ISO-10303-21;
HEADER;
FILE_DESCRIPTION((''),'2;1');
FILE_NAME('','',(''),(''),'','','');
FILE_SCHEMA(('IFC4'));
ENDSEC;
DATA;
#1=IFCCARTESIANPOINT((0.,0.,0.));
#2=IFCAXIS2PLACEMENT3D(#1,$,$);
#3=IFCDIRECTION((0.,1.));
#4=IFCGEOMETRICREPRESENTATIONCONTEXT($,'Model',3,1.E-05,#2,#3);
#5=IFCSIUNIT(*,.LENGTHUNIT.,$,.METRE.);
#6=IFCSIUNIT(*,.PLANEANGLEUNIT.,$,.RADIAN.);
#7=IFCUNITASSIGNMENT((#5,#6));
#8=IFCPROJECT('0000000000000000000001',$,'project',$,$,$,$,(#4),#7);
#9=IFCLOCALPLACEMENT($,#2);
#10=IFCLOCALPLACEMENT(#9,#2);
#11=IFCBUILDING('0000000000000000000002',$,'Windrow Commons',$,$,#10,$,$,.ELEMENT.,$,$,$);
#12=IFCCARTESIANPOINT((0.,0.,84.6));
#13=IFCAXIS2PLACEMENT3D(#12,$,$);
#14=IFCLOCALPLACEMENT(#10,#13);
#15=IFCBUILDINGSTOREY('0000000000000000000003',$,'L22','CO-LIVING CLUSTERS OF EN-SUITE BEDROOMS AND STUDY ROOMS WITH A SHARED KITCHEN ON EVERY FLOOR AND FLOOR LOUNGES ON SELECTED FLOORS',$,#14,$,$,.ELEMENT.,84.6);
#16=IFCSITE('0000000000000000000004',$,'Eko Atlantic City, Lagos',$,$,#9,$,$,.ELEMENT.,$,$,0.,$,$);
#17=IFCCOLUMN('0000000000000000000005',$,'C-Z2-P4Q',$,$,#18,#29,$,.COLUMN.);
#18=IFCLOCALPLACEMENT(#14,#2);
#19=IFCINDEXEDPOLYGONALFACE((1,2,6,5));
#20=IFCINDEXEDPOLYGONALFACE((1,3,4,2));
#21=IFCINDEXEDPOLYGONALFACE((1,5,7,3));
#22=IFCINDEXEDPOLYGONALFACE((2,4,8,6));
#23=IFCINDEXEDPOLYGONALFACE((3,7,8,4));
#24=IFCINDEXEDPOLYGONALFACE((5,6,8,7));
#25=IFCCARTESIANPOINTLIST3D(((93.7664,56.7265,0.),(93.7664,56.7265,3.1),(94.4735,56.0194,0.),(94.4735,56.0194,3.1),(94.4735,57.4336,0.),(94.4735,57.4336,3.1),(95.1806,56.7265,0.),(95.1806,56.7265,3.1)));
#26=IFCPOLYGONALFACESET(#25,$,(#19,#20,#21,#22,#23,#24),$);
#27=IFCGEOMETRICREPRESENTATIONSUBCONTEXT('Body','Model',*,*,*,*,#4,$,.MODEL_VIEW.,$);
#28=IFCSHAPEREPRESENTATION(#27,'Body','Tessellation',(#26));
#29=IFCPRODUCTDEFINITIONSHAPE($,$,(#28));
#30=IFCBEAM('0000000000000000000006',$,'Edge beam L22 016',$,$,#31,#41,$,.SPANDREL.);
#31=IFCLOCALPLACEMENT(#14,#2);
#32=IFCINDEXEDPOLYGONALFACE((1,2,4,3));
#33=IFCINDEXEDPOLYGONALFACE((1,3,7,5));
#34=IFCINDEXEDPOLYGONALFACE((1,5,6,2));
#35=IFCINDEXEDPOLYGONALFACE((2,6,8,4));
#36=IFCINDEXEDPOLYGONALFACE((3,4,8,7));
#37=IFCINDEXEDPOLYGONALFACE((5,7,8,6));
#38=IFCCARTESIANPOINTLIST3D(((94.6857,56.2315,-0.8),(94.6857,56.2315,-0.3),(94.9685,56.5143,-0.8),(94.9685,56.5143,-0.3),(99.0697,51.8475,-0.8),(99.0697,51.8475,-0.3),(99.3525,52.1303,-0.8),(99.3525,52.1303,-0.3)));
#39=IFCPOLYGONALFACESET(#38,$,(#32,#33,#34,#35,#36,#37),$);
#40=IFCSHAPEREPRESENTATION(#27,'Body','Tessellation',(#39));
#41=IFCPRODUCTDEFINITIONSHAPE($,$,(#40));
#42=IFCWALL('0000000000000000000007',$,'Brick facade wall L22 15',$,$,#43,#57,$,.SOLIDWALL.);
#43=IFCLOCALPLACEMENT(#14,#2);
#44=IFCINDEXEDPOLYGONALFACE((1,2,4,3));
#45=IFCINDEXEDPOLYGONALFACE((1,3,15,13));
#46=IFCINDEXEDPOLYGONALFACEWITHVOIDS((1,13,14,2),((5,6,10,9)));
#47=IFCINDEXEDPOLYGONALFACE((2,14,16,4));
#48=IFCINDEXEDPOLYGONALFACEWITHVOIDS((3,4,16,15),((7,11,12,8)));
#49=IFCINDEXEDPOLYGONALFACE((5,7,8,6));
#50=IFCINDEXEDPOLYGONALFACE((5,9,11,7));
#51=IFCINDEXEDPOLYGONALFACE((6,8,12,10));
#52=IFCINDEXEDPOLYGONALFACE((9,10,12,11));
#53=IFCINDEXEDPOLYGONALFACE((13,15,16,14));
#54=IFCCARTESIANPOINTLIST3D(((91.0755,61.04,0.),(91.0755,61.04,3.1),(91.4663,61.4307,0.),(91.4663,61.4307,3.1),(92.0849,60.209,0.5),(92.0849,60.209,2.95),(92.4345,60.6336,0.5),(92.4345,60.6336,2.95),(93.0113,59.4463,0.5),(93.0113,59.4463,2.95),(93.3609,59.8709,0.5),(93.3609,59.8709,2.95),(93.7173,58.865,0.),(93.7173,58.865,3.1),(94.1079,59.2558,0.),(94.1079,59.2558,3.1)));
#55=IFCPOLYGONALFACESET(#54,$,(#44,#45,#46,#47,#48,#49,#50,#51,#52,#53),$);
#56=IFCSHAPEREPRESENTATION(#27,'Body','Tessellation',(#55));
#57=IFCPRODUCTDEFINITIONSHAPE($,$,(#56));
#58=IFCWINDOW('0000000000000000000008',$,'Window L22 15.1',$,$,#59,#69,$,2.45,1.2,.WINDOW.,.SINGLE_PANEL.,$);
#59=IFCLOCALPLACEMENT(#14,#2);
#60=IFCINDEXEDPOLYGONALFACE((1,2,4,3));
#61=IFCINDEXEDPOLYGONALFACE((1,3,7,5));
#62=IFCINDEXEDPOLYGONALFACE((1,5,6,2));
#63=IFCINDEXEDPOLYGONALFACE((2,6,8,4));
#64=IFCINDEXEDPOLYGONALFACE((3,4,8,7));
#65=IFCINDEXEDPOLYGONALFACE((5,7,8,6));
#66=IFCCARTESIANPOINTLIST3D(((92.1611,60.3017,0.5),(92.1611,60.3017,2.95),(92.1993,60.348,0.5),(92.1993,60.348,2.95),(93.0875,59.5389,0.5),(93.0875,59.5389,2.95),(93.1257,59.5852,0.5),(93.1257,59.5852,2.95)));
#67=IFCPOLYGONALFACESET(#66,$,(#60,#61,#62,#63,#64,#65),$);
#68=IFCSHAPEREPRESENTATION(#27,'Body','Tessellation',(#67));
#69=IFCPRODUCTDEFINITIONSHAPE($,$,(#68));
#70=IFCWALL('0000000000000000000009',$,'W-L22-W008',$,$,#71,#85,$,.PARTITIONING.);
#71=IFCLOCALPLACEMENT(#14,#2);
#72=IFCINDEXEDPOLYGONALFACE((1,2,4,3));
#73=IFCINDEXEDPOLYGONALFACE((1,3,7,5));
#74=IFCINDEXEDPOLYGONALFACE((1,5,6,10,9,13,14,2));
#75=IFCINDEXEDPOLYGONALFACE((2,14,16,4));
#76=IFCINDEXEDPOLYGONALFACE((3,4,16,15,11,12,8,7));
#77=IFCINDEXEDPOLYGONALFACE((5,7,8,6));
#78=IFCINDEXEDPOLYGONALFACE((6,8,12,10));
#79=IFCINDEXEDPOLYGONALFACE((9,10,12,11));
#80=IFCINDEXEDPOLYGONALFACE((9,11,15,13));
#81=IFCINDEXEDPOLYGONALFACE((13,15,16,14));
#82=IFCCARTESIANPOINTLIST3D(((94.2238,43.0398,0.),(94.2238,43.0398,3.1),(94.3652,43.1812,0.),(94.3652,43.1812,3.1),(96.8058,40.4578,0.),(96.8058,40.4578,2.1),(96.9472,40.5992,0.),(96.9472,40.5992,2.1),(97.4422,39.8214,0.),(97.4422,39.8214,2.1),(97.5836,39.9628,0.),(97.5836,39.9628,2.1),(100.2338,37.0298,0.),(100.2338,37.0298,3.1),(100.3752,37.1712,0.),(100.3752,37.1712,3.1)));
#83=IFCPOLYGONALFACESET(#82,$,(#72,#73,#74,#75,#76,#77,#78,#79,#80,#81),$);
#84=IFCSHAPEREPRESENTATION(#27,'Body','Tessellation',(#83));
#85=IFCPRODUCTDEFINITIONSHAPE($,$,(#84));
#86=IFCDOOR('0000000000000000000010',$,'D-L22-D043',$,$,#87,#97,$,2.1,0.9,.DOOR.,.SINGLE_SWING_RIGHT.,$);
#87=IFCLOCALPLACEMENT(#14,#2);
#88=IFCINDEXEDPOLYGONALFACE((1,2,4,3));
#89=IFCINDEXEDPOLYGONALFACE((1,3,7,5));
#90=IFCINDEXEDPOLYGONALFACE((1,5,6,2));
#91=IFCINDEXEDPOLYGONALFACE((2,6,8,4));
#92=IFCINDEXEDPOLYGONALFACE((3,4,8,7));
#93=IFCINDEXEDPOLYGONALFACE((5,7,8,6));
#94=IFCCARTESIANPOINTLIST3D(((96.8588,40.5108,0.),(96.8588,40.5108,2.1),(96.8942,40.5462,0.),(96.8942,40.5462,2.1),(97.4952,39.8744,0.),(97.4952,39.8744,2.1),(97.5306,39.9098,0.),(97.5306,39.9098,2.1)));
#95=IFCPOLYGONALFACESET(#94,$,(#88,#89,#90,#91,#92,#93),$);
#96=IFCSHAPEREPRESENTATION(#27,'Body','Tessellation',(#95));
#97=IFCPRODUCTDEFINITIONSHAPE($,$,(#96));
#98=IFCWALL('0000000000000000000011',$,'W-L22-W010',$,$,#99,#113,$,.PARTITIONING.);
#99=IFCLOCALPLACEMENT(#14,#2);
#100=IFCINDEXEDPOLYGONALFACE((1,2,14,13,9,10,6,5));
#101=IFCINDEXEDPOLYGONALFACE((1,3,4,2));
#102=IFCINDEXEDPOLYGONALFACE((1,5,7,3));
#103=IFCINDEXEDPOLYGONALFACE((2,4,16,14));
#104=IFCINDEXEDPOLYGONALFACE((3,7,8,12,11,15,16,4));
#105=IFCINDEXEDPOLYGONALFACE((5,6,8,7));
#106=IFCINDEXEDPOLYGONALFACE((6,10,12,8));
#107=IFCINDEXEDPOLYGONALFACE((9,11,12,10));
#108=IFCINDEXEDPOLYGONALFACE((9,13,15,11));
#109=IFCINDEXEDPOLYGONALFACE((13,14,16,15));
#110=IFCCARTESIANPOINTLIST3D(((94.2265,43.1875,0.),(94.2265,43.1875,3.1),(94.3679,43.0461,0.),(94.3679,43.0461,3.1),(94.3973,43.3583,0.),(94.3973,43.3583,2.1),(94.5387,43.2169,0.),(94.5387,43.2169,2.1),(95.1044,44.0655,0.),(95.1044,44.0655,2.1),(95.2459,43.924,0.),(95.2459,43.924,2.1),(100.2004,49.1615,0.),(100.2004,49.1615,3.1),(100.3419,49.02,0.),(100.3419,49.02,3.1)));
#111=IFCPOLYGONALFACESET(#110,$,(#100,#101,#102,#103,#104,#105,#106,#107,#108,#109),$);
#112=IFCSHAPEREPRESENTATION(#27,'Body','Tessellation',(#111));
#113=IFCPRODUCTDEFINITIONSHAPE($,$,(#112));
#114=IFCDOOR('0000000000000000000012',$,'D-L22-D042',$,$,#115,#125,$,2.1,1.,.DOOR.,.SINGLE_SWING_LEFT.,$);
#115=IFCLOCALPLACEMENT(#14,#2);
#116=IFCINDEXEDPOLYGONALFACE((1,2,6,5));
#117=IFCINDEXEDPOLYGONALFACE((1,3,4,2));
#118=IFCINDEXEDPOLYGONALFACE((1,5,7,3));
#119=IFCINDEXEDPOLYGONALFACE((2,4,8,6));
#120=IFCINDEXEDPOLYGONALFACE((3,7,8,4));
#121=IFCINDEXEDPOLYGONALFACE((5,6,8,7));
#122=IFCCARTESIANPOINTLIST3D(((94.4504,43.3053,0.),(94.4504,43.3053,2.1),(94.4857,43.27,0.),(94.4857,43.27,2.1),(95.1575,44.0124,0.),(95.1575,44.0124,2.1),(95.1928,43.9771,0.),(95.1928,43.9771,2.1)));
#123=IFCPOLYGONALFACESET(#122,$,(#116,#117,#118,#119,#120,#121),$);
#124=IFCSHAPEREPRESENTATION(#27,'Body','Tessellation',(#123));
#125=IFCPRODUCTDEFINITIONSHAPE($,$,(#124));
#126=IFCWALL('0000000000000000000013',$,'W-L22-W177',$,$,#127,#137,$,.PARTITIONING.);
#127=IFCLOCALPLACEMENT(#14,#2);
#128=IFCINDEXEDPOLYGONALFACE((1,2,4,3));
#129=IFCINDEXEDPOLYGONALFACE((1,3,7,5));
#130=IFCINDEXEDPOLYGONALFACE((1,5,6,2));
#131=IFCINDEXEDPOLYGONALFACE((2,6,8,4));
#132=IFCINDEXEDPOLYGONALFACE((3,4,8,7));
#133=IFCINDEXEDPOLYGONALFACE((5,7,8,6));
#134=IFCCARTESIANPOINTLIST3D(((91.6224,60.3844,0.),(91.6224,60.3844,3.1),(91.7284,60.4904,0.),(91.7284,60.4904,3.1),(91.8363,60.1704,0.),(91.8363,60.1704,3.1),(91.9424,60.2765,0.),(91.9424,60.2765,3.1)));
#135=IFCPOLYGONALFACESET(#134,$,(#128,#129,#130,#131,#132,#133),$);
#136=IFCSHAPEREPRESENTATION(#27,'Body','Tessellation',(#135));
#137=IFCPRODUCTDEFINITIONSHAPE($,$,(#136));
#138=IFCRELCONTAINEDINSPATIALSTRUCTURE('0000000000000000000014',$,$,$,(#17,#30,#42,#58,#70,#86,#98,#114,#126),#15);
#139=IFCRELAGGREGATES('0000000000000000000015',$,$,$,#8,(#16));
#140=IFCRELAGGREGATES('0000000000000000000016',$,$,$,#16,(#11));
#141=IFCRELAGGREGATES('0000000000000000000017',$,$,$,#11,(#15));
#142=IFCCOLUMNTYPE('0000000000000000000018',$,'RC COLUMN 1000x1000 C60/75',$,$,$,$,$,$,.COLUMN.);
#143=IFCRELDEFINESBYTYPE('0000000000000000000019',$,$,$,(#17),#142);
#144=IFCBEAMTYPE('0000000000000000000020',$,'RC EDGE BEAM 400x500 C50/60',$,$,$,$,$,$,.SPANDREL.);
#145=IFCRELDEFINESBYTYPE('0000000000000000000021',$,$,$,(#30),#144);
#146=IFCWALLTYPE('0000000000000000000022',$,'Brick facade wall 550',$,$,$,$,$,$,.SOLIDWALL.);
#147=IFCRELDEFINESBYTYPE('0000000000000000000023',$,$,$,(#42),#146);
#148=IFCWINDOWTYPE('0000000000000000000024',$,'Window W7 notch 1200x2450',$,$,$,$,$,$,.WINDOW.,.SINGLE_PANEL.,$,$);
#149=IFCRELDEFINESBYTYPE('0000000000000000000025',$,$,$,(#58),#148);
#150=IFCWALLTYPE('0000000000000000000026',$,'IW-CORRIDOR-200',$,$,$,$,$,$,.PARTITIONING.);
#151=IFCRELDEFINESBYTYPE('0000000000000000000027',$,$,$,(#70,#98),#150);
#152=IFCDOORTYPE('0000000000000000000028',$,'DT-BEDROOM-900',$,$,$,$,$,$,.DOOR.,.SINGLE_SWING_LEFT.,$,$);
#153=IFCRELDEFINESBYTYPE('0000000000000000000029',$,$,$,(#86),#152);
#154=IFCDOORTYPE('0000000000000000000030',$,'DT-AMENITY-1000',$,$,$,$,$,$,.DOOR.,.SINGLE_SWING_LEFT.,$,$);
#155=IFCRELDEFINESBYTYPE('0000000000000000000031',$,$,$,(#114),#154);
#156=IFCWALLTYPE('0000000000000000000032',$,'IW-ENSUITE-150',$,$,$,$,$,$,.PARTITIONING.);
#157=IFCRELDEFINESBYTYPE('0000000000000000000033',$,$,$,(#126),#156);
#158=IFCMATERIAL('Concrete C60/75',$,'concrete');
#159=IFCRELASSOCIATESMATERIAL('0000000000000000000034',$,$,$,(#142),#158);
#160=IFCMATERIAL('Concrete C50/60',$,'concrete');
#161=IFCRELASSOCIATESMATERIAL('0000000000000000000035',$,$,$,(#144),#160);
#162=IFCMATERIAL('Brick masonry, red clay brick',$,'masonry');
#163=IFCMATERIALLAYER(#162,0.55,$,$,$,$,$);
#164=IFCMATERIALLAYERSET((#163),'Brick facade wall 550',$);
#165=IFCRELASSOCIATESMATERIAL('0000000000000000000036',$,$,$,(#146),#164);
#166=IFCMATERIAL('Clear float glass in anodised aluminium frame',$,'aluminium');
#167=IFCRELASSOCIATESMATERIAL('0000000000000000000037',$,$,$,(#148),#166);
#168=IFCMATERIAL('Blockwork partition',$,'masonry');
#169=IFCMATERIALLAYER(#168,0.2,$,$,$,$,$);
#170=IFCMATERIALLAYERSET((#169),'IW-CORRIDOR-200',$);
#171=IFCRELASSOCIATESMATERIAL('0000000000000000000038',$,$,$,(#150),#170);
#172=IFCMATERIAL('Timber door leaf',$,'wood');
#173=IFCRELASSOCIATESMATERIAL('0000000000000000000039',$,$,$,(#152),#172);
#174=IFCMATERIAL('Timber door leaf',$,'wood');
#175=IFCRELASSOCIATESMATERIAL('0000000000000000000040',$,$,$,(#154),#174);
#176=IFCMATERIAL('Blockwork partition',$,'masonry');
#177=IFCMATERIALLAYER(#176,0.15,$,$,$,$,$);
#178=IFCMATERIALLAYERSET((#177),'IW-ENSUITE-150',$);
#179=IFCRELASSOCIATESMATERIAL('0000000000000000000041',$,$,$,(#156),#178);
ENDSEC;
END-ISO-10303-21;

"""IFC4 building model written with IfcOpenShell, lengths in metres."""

from ifc_helpers import new_model, si_unit, direction, frame, frame_2d, origin, origin_2d, place, context, subcontext, project, spatial, polyline, rectangle, outline, extrude, material, layer, layer_set, material_profile, profile_set, type_object, element, fill, save


model = new_model("IFC4")

# Units and contexts
model_context = context("Model", 3, precision=1e-05, world=origin(), true_north=direction((0.0, 1.0)))
body_context = subcontext(model_context, "Body", "Model", "MODEL_VIEW")
ifc_project = project(units=[si_unit("LENGTHUNIT", "METRE"), si_unit("PLANEANGLEUNIT", "RADIAN")], contexts=[model_context])

# Site, building, storey
site_placement = place(None, origin())
site = spatial("IfcSite", under=ifc_project, at=site_placement, Name="Eko Atlantic City, Lagos", CompositionType="ELEMENT", RefElevation=0.0)
building_placement = place(site_placement, origin())
building = spatial("IfcBuilding", under=site, at=building_placement, Name="Windrow Commons", CompositionType="ELEMENT")
storey_placement = place(building_placement, frame((0.0, 0.0, 84.6)))
storey = spatial("IfcBuildingStorey", under=building, at=storey_placement, Name="L22", Description="CO-LIVING CLUSTERS OF EN-SUITE BEDROOMS AND STUDY ROOMS WITH A SHARED KITCHEN ON EVERY FLOOR AND FLOOR LOUNGES ON SELECTED FLOORS", CompositionType="ELEMENT", Elevation=84.6)

# Column
ifc_material_1 = material(Name="Concrete C60/75", Category="concrete")
ifc_material_profile_1 = material_profile(ifc_material_1, rectangle(XDim=1.0, YDim=1.0, at=origin_2d()))
ifc_profile_set_1 = profile_set([ifc_material_profile_1], Name="Concrete C60/75")
column_type = type_object("IfcColumnType", Name="RC COLUMN 1000x1000 C60/75", PredefinedType="COLUMN", material=ifc_profile_set_1)
column_placement = place(storey_placement, frame((94.4735, 56.7265, 0.0), z_axis=(0.0, 0.0, 1.0), x_axis=(0.707107, -0.707107, 0.0)))
element("IfcColumn", 1, at=column_placement, inside=storey, type_object=column_type, Name="C-Z2-P4Q", PredefinedType="COLUMN", context=body_context, shape_type="SweptSolid", body=[
    extrude(rectangle(XDim=1.0, YDim=1.0, at=origin_2d()), origin(), (0.0, 0.0, 1.0), 3.1),
])

# Beam
ifc_material_2 = material(Name="Concrete C50/60", Category="concrete")
ifc_material_profile_2 = material_profile(ifc_material_2, rectangle(XDim=0.4, YDim=0.5, at=origin_2d()))
ifc_profile_set_2 = profile_set([ifc_material_profile_2], Name="Concrete C50/60")
beam_type = type_object("IfcBeamType", Name="RC EDGE BEAM 400x500 C50/60", PredefinedType="SPANDREL", material=ifc_profile_set_2)
beam_placement = place(storey_placement, frame((94.8271, 56.3729, -0.55), z_axis=(0.707107, -0.707107, 0.0), x_axis=(0.707107, 0.707107, 0.0)))
element("IfcBeam", 2, at=beam_placement, inside=storey, type_object=beam_type, Name="Edge beam L22 016", PredefinedType="SPANDREL", context=body_context, shape_type="SweptSolid", body=[
    extrude(rectangle(XDim=0.4, YDim=0.5, at=origin_2d()), origin(), (0.0, 0.0, 1.0), 6.1999),
])

# Wall, opening, window
ifc_material_3 = material(Name="Brick masonry, red clay brick", Category="masonry")
ifc_layer_1 = layer(ifc_material_3, 0.55)
ifc_layer_set_1 = layer_set([ifc_layer_1], Name="Brick facade wall 550")
wall_type_1 = type_object("IfcWallType", Name="Brick facade wall 550", PredefinedType="SOLIDWALL", material=ifc_layer_set_1)
wall_1_placement = place(storey_placement, frame((93.9126, 59.0604, 0.0), z_axis=(0.0, 0.0, 1.0), x_axis=(-0.772004, 0.635617, 0.0)))
wall_1 = element("IfcWall", 3, at=wall_1_placement, inside=storey, type_object=wall_type_1, Name="Brick facade wall L22 15", PredefinedType="SOLIDWALL", context=body_context, shape_type="SweptSolid", body=[
    extrude(outline(polyline([(-0.0266, -0.275), (3.3952, -0.275), (3.4485, 0.275), (0.0266, 0.275), (-0.0266, -0.275)])), origin(), (0.0, 0.0, 1.0), 3.1),
])
opening_1_placement = place(wall_1_placement, frame((0.9411, 0.0, 0.5)))
opening_1 = element("IfcOpeningElement", 4, at=opening_1_placement, cuts=wall_1, PredefinedType="OPENING", context=body_context, shape_type="SweptSolid", body=[
    extrude(rectangle(XDim=1.2, YDim=2.45, at=frame_2d((0.6, 1.225))), frame((0.0, 0.285, 0.0), z_axis=(0.0, -1.0, 0.0), x_axis=(1.0, 0.0, 0.0)), (0.0, 0.0, 1.0), 0.57),
])
ifc_material_4 = material(Name="Clear float glass in anodised aluminium frame", Category="aluminium")
window_type = type_object("IfcWindowType", Name="Window W7 notch 1200x2450", PartitioningType="SINGLE_PANEL", PredefinedType="WINDOW", material=ifc_material_4)
window_placement = place(opening_1_placement, origin())
window = element("IfcWindow", 5, at=window_placement, inside=storey, type_object=window_type, Name="Window L22 15.1", OverallHeight=2.45, OverallWidth=1.2, PartitioningType="SINGLE_PANEL", PredefinedType="WINDOW", context=body_context, shape_type="SweptSolid", body=[
    extrude(rectangle(XDim=1.2, YDim=2.45, at=frame_2d((0.6, 1.225))), frame((0.0, 0.155, 0.0), z_axis=(0.0, -1.0, 0.0), x_axis=(1.0, 0.0, 0.0)), (0.0, 0.0, 1.0), 0.06),
])
fill(opening_1, window)

# Walls, openings, doors
ifc_material_5 = material(Name="Blockwork partition", Category="masonry")
ifc_layer_2 = layer(ifc_material_5, 0.2)
ifc_layer_set_2 = layer_set([ifc_layer_2], Name="IW-CORRIDOR-200")
wall_type_2 = type_object("IfcWallType", Name="IW-CORRIDOR-200", PredefinedType="PARTITIONING", material=ifc_layer_set_2)
wall_2_placement = place(storey_placement, frame((94.2945, 43.1105, 0.0), z_axis=(0.0, 0.0, 1.0), x_axis=(0.707107, -0.707107, 0.0)))
wall_2 = element("IfcWall", 6, at=wall_2_placement, inside=storey, type_object=wall_type_2, Name="W-L22-W008", PredefinedType="PARTITIONING", context=body_context, shape_type="SweptSolid", body=[
    extrude(rectangle(XDim=8.4994, YDim=0.2, at=frame_2d((4.2497, 0.0))), origin(), (0.0, 0.0, 1.0), 3.1),
])
opening_2_placement = place(wall_2_placement, frame((3.6515, 0.0, 0.0)))
opening_2 = element("IfcOpeningElement", 7, at=opening_2_placement, cuts=wall_2, PredefinedType="OPENING", context=body_context, shape_type="SweptSolid", body=[
    extrude(rectangle(XDim=0.9, YDim=2.1, at=frame_2d((0.45, 1.05))), frame((0.0, 0.11, 0.0), z_axis=(0.0, -1.0, 0.0), x_axis=(1.0, 0.0, 0.0)), (0.0, 0.0, 1.0), 0.22),
])
ifc_material_6 = material(Name="Timber door leaf", Category="wood")
door_type_1 = type_object("IfcDoorType", Name="DT-BEDROOM-900", OperationType="SINGLE_SWING_LEFT", PredefinedType="DOOR", material=ifc_material_6)
door_1_placement = place(opening_2_placement, origin())
door_1 = element("IfcDoor", 8, at=door_1_placement, inside=storey, type_object=door_type_1, Name="D-L22-D043", OperationType="SINGLE_SWING_RIGHT", OverallHeight=2.1, OverallWidth=0.9, PredefinedType="DOOR", context=body_context, shape_type="SweptSolid", body=[
    extrude(rectangle(XDim=0.9, YDim=2.1, at=frame_2d((0.45, 1.05))), frame((0.0, 0.025, 0.0), z_axis=(0.0, -1.0, 0.0), x_axis=(1.0, 0.0, 0.0)), (0.0, 0.0, 1.0), 0.05),
])
fill(opening_2, door_1)
wall_3_placement = place(storey_placement, frame((94.2972, 43.1168, 0.0), z_axis=(0.0, 0.0, 1.0), x_axis=(0.707107, 0.707107, 0.0)))
wall_3 = element("IfcWall", 9, at=wall_3_placement, inside=storey, type_object=wall_type_2, Name="W-L22-W010", PredefinedType="PARTITIONING", context=body_context, shape_type="SweptSolid", body=[
    extrude(rectangle(XDim=8.4485, YDim=0.2, at=frame_2d((4.2242, 0.0))), origin(), (0.0, 0.0, 1.0), 3.1),
])
opening_3_placement = place(wall_3_placement, frame((0.2416, 0.0, 0.0)))
opening_3 = element("IfcOpeningElement", 10, at=opening_3_placement, cuts=wall_3, PredefinedType="OPENING", context=body_context, shape_type="SweptSolid", body=[
    extrude(rectangle(XDim=1.0, YDim=2.1, at=frame_2d((0.5, 1.05))), frame((0.0, 0.11, 0.0), z_axis=(0.0, -1.0, 0.0), x_axis=(1.0, 0.0, 0.0)), (0.0, 0.0, 1.0), 0.22),
])
ifc_material_7 = material(Name="Timber door leaf", Category="wood")
door_type_2 = type_object("IfcDoorType", Name="DT-AMENITY-1000", OperationType="SINGLE_SWING_LEFT", PredefinedType="DOOR", material=ifc_material_7)
door_2_placement = place(opening_3_placement, origin())
door_2 = element("IfcDoor", 11, at=door_2_placement, inside=storey, type_object=door_type_2, Name="D-L22-D042", OperationType="SINGLE_SWING_LEFT", OverallHeight=2.1, OverallWidth=1.0, PredefinedType="DOOR", context=body_context, shape_type="SweptSolid", body=[
    extrude(rectangle(XDim=1.0, YDim=2.1, at=frame_2d((0.5, 1.05))), frame((0.0, 0.025, 0.0), z_axis=(0.0, -1.0, 0.0), x_axis=(1.0, 0.0, 0.0)), (0.0, 0.0, 1.0), 0.05),
])
fill(opening_3, door_2)

# Wall
ifc_material_8 = material(Name="Blockwork partition", Category="masonry")
ifc_layer_3 = layer(ifc_material_8, 0.15)
ifc_layer_set_3 = layer_set([ifc_layer_3], Name="IW-ENSUITE-150")
wall_type_3 = type_object("IfcWallType", Name="IW-ENSUITE-150", PredefinedType="PARTITIONING", material=ifc_layer_set_3)
wall_4_placement = place(storey_placement, frame((91.6754, 60.4374, 0.0), z_axis=(0.0, 0.0, 1.0), x_axis=(0.707107, -0.707107, 0.0)))
element("IfcWall", 12, at=wall_4_placement, inside=storey, type_object=wall_type_3, Name="W-L22-W177", PredefinedType="PARTITIONING", context=body_context, shape_type="SweptSolid", body=[
    extrude(rectangle(XDim=0.3026, YDim=0.15, at=frame_2d((0.1513, 0.0))), origin(), (0.0, 0.0, 1.0), 3.1),
])

save(model, "model.ifc")
